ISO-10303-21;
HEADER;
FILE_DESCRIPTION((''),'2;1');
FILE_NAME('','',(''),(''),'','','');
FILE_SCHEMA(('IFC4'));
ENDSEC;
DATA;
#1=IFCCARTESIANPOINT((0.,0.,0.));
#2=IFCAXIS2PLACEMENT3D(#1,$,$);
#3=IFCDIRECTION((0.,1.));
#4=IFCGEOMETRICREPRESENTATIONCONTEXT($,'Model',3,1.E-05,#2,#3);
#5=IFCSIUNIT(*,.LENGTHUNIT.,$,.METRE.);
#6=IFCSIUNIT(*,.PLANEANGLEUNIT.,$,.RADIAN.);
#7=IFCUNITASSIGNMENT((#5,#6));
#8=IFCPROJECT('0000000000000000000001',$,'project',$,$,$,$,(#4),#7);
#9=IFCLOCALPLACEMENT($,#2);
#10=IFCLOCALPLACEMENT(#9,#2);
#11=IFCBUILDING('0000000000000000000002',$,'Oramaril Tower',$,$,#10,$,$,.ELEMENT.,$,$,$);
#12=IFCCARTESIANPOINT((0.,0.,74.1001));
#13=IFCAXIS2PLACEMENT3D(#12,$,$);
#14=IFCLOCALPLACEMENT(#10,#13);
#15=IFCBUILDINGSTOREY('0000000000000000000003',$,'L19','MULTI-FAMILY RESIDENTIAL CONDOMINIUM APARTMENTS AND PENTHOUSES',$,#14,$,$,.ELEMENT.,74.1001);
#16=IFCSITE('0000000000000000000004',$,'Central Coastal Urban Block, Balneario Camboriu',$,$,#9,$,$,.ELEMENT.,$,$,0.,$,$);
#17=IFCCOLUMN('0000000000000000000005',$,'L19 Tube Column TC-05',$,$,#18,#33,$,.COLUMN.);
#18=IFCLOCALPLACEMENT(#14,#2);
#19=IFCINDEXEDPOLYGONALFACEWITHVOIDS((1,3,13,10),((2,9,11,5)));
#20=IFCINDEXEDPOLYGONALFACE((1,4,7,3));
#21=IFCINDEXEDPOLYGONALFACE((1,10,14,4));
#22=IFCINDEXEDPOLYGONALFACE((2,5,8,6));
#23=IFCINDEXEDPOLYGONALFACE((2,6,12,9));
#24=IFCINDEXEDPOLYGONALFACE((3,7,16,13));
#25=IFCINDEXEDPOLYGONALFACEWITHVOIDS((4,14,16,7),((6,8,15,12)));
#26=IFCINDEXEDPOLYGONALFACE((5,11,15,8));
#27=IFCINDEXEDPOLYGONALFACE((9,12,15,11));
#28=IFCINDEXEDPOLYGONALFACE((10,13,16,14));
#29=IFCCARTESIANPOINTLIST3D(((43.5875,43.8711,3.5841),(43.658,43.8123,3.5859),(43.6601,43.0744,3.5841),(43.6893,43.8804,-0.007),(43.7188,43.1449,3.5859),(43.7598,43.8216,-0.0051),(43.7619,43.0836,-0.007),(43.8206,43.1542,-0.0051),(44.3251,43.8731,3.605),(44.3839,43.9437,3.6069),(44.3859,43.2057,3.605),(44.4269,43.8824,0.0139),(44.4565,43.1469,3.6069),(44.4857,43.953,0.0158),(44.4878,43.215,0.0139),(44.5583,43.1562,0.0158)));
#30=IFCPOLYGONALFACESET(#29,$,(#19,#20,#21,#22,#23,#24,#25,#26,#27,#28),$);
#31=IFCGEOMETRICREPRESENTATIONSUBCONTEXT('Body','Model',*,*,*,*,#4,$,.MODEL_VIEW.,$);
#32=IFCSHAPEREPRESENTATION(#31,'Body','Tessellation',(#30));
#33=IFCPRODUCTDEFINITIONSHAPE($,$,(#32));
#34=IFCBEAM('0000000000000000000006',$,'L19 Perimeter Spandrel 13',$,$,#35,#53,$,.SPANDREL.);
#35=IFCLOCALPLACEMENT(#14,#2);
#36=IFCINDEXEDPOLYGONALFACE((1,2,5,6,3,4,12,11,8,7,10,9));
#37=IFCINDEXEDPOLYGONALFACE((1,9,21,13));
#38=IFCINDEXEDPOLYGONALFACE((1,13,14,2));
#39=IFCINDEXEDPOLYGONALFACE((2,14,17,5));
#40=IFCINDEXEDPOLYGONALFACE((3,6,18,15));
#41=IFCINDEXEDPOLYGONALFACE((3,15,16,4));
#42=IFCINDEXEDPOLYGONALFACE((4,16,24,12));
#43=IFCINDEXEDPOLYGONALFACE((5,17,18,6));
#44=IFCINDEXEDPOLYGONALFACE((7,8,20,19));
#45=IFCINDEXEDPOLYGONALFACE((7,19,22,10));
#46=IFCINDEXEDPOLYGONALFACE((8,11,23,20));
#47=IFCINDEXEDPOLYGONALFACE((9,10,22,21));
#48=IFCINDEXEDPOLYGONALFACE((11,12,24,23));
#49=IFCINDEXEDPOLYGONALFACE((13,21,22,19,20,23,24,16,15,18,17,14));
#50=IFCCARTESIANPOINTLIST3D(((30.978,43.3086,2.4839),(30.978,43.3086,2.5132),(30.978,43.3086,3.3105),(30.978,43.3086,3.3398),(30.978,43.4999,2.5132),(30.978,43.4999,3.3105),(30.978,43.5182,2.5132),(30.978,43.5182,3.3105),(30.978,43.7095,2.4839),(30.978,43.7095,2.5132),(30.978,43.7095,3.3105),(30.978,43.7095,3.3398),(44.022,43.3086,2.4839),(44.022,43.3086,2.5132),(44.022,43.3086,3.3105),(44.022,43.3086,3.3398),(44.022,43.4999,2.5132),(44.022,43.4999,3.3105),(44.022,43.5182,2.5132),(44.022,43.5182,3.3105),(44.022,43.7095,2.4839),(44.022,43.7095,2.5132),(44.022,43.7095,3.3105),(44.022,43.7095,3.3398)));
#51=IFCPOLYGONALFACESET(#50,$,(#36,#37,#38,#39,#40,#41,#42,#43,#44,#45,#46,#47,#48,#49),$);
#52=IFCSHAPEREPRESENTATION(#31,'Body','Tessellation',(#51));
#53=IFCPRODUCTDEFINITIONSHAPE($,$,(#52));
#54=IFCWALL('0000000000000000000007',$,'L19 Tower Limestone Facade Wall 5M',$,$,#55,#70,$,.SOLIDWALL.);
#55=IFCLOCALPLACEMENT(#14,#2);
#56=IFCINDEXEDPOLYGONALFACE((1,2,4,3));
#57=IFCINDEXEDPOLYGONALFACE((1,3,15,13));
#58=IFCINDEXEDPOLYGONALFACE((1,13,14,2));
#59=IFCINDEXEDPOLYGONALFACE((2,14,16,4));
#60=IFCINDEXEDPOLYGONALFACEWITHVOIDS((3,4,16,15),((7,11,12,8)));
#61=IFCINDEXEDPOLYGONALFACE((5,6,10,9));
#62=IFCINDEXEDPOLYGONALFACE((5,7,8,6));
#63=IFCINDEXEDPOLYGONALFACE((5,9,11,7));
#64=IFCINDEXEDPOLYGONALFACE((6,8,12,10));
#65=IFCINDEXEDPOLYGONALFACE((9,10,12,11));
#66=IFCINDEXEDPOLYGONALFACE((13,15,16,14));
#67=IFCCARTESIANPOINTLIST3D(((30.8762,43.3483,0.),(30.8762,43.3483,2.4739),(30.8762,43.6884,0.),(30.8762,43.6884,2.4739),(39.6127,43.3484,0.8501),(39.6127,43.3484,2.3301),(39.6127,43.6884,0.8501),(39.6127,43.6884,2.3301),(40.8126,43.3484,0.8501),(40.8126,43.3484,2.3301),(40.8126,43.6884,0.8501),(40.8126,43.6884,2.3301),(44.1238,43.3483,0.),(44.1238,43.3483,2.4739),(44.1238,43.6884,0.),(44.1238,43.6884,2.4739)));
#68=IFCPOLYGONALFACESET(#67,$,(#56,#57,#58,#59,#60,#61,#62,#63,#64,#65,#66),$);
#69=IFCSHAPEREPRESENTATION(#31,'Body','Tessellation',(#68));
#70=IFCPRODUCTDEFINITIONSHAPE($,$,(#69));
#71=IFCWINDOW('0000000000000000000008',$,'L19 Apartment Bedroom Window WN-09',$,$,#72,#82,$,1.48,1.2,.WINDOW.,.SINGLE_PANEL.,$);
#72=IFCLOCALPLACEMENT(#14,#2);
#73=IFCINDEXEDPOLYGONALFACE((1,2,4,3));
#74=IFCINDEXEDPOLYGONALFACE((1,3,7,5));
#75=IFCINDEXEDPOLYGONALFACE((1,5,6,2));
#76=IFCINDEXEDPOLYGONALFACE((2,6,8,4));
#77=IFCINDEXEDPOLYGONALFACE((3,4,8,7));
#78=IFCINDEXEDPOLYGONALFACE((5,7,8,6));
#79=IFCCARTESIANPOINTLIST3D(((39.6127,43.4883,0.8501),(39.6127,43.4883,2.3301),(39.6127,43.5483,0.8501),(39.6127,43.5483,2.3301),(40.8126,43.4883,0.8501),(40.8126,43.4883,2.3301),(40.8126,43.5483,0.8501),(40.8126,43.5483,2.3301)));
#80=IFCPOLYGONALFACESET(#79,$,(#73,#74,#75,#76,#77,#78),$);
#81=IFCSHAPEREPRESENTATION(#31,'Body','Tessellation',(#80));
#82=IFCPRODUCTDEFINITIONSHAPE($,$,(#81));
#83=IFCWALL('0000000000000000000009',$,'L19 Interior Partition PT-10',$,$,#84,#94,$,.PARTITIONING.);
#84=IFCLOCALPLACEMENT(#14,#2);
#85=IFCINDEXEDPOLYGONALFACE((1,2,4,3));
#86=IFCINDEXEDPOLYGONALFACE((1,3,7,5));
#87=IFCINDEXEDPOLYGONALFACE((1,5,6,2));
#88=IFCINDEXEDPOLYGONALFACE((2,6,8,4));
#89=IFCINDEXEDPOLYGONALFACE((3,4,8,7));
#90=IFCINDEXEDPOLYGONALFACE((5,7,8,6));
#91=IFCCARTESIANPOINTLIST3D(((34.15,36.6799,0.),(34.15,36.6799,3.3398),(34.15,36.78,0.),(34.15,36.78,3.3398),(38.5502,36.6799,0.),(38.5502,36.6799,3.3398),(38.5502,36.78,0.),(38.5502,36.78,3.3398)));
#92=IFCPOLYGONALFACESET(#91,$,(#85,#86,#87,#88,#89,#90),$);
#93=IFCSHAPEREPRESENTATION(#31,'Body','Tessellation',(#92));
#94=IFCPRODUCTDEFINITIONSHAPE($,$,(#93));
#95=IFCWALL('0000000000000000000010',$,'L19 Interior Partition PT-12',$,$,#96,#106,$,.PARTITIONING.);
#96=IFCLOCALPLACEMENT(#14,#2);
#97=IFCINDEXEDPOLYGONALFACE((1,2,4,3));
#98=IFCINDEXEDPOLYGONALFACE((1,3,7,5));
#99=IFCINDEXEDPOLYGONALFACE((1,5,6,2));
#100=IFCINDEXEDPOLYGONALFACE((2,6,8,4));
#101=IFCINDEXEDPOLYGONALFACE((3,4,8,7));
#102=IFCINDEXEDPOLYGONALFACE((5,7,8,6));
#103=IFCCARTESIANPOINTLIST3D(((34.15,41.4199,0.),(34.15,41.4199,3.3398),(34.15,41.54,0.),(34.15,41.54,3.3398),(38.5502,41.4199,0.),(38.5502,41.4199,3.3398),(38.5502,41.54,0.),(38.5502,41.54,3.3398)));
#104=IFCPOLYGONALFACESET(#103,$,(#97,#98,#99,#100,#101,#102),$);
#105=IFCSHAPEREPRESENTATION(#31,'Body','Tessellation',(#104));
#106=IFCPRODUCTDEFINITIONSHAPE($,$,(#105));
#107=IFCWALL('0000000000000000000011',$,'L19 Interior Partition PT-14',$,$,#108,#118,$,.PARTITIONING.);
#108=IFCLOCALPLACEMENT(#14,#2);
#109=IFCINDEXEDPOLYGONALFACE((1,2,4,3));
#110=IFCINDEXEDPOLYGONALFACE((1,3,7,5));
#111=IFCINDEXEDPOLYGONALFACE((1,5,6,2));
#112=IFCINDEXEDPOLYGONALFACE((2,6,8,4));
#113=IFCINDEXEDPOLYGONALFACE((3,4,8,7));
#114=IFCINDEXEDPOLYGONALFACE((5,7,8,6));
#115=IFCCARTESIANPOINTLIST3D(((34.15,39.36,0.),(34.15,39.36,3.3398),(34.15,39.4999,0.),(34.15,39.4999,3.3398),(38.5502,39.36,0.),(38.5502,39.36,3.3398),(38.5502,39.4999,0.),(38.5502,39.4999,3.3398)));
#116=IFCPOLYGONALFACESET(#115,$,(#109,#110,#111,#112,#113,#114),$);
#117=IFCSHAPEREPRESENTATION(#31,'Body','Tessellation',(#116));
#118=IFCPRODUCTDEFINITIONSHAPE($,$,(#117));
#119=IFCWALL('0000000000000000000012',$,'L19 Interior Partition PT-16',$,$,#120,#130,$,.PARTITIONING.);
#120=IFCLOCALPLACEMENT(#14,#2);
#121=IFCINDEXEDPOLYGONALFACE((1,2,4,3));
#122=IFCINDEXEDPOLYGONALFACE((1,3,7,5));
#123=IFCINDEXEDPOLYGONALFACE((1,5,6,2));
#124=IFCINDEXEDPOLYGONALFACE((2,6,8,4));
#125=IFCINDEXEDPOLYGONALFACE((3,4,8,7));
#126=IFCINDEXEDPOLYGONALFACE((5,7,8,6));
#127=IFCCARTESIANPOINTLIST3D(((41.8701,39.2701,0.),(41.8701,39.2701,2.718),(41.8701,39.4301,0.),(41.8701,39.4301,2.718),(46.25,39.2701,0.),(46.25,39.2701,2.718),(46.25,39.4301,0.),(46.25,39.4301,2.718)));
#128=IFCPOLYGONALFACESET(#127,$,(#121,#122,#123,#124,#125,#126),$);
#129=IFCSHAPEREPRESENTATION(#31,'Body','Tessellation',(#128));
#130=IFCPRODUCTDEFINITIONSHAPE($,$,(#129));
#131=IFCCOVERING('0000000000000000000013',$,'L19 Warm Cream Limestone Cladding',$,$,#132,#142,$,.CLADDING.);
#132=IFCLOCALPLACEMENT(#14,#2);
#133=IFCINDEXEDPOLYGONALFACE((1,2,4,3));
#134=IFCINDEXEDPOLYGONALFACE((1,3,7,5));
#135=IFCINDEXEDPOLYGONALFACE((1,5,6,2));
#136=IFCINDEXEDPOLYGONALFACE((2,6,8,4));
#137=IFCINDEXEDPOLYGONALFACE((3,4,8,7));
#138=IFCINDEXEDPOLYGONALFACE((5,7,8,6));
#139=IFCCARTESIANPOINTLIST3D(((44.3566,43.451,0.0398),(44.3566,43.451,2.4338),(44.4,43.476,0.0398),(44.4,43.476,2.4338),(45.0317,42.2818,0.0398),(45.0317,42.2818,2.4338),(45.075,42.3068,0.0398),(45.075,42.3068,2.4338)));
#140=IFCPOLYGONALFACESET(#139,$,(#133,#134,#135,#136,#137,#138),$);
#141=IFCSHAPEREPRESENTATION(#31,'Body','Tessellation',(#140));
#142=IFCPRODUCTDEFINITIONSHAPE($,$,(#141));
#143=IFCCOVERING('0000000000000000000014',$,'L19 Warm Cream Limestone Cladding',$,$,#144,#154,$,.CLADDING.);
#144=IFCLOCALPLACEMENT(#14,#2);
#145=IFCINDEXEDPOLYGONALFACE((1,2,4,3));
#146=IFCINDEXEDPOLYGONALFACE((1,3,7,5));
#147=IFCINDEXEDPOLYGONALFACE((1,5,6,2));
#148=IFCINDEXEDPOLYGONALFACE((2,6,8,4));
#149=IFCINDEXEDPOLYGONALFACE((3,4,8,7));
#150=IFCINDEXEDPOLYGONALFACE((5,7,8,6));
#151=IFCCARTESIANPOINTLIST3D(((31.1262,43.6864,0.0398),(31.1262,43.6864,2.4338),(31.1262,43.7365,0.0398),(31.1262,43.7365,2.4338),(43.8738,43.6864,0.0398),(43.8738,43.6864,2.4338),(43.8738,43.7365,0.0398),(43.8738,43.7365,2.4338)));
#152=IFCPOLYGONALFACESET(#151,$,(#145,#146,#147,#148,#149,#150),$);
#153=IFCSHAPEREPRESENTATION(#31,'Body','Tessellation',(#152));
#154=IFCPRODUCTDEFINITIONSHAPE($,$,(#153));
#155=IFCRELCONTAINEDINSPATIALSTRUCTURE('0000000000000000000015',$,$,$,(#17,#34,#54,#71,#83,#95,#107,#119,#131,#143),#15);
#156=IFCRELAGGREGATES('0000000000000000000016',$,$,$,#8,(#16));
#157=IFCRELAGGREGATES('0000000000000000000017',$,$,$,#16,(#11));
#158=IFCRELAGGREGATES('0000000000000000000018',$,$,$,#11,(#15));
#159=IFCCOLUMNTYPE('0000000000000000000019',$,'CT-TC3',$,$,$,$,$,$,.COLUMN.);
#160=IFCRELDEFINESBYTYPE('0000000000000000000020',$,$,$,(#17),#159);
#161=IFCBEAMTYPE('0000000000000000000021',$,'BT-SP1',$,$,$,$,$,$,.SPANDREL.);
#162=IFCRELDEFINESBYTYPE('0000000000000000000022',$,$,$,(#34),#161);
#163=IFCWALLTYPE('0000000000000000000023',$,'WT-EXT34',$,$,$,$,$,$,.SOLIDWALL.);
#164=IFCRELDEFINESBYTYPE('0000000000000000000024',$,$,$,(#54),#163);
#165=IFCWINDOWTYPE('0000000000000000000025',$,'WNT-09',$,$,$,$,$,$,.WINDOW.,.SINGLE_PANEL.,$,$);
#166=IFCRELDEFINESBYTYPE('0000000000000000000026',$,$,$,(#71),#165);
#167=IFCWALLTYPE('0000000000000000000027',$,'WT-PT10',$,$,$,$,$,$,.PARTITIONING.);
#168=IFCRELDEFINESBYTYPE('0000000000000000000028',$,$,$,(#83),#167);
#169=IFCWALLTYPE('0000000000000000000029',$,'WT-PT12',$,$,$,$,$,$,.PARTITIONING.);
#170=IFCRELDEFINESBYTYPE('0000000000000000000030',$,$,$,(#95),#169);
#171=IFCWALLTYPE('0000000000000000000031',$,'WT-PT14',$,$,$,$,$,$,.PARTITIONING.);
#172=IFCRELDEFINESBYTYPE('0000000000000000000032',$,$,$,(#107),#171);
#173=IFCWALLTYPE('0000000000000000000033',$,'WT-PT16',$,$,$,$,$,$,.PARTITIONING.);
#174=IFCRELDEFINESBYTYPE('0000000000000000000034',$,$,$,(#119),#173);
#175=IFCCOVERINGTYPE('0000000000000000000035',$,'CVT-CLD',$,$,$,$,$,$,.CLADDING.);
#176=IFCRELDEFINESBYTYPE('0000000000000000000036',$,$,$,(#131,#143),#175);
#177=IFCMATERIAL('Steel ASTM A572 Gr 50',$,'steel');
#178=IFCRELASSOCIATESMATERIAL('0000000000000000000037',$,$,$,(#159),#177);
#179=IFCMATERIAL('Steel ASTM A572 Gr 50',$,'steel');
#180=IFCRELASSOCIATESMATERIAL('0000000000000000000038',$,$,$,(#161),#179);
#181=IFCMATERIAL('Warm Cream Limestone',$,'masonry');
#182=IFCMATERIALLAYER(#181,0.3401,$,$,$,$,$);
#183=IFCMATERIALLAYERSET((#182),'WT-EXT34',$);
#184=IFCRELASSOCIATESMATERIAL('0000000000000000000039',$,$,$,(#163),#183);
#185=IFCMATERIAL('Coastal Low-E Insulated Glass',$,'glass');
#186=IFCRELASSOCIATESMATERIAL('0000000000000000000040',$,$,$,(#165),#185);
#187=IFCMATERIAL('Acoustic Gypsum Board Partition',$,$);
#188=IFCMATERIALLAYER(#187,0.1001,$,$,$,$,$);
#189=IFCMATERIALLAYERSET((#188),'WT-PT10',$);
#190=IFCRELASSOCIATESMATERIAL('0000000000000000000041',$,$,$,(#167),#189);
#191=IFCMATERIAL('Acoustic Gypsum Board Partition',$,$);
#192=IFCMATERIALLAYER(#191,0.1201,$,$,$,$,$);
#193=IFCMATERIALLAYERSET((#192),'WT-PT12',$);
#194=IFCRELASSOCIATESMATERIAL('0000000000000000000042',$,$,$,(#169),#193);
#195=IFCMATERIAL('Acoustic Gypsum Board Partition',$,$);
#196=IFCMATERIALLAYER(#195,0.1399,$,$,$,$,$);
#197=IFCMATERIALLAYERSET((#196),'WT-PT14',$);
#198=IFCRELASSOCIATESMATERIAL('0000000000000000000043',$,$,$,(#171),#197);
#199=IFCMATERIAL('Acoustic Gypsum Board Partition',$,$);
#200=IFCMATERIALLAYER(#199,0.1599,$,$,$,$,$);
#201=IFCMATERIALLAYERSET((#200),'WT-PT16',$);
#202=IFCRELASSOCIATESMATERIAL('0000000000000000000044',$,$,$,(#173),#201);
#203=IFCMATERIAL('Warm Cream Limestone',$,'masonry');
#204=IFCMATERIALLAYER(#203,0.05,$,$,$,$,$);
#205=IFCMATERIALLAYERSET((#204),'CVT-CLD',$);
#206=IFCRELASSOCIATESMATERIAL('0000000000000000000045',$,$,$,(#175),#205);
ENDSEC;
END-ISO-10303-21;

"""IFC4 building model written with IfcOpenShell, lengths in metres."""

from ifc_helpers import new_model, si_unit, direction, frame, frame_2d, origin, origin_2d, place, context, subcontext, project, spatial, rectangle, hollow_rectangle, i_section, extrude, material, layer, layer_set, material_profile, profile_set, type_object, element, fill, save


model = new_model("IFC4")

# Units and contexts
model_context = context("Model", 3, precision=1e-05, world=origin(), true_north=direction((0.0, 1.0)))
body_context = subcontext(model_context, "Body", "Model", "MODEL_VIEW")
ifc_project = project(units=[si_unit("LENGTHUNIT", "METRE"), si_unit("PLANEANGLEUNIT", "RADIAN")], contexts=[model_context])

# Site, building, storey
site_placement = place(None, origin())
site = spatial("IfcSite", under=ifc_project, at=site_placement, Name="Central Coastal Urban Block, Balneario Camboriu", CompositionType="ELEMENT", RefElevation=0.0)
building_placement = place(site_placement, origin())
building = spatial("IfcBuilding", under=site, at=building_placement, Name="Oramaril Tower", CompositionType="ELEMENT")
storey_placement = place(building_placement, frame((0.0, 0.0, 74.1001)))
storey = spatial("IfcBuildingStorey", under=building, at=storey_placement, Name="L19", Description="MULTI-FAMILY RESIDENTIAL CONDOMINIUM APARTMENTS AND PENTHOUSES", CompositionType="ELEMENT", Elevation=74.1001)

# Column
ifc_material_1 = material(Name="Steel ASTM A572 Gr 50", Category="steel")
ifc_material_profile_1 = material_profile(ifc_material_1, hollow_rectangle(XDim=0.8, YDim=0.8, WallThickness=0.0649, at=origin_2d()), Name="BOX800X800X65")
ifc_profile_set_1 = profile_set([ifc_material_profile_1], Name="Steel ASTM A572 Gr 50")
column_type = type_object("IfcColumnType", Name="CT-TC3", PredefinedType="COLUMN", material=ifc_profile_set_1)
column_placement = place(storey_placement, frame((44.1238, 43.5183, 0.0044), z_axis=(-0.028339, -0.002582, 0.999595), x_axis=(0.090751, -0.995874, 0.0)))
element("IfcColumn", 1, at=column_placement, inside=storey, type_object=column_type, Name="L19 Tube Column TC-05", PredefinedType="COLUMN", context=body_context, shape_type="SweptSolid", body=[
    extrude(hollow_rectangle(XDim=0.8, YDim=0.8, WallThickness=0.0649, at=origin_2d()), origin(), (0.0, 0.0, 1.0), 3.5925),
])

# Beam
ifc_material_2 = material(Name="Steel ASTM A572 Gr 50", Category="steel")
ifc_material_profile_2 = material_profile(ifc_material_2, i_section(OverallWidth=0.4009, OverallDepth=0.856, WebThickness=0.0183, FlangeThickness=0.0293, at=origin_2d()), Name="W33X201")
ifc_profile_set_2 = profile_set([ifc_material_profile_2], Name="Steel ASTM A572 Gr 50")
beam_type = type_object("IfcBeamType", Name="BT-SP1", PredefinedType="SPANDREL", material=ifc_profile_set_2)
beam_placement = place(storey_placement, frame((44.022, 43.509, 2.9119), z_axis=(-1.0, 0.0, 0.0), x_axis=(0.0, -1.0, 0.0)))
element("IfcBeam", 2, at=beam_placement, inside=storey, type_object=beam_type, Name="L19 Perimeter Spandrel 13", PredefinedType="SPANDREL", context=body_context, shape_type="SweptSolid", body=[
    extrude(i_section(OverallWidth=0.4009, OverallDepth=0.856, WebThickness=0.0183, FlangeThickness=0.0293, at=origin_2d()), origin(), (0.0, 0.0, 1.0), 13.0439),
])

# Wall, opening, window
ifc_material_3 = material(Name="Warm Cream Limestone", Category="masonry")
ifc_layer_1 = layer(ifc_material_3, 0.3401)
ifc_layer_set_1 = layer_set([ifc_layer_1], Name="WT-EXT34")
wall_type_1 = type_object("IfcWallType", Name="WT-EXT34", PredefinedType="SOLIDWALL", material=ifc_layer_set_1)
wall_1_placement = place(storey_placement, frame((44.1238, 43.5183, 0.0), z_axis=(0.0, 0.0, 1.0), x_axis=(-1.0, 0.0, 0.0)))
wall_1 = element("IfcWall", 3, at=wall_1_placement, inside=storey, type_object=wall_type_1, Name="L19 Tower Limestone Facade Wall 5M", PredefinedType="SOLIDWALL", context=body_context, shape_type="SweptSolid", body=[
    extrude(rectangle(XDim=13.2476, YDim=0.3401, at=frame_2d((6.6238, 0.0))), origin(), (0.0, 0.0, 1.0), 2.4739),
])
opening_placement = place(wall_1_placement, frame((3.311, 0.0, 0.8501)))
opening = element("IfcOpeningElement", 4, at=opening_placement, cuts=wall_1, PredefinedType="OPENING", context=body_context, shape_type="SweptSolid", body=[
    extrude(rectangle(XDim=1.2, YDim=1.48, at=frame_2d((0.6001, 0.74))), frame((0.0, 0.1699, 0.0), z_axis=(0.0, -1.0, 0.0), x_axis=(1.0, 0.0, 0.0)), (0.0, 0.0, 1.0), 0.3401),
])
ifc_material_4 = material(Name="Coastal Low-E Insulated Glass", Category="glass")
window_type = type_object("IfcWindowType", Name="WNT-09", PartitioningType="SINGLE_PANEL", PredefinedType="WINDOW", material=ifc_material_4)
window_placement = place(opening_placement, origin())
window = element("IfcWindow", 5, at=window_placement, inside=storey, type_object=window_type, Name="L19 Apartment Bedroom Window WN-09", OverallHeight=1.48, OverallWidth=1.2, PartitioningType="SINGLE_PANEL", PredefinedType="WINDOW", context=body_context, shape_type="SweptSolid", body=[
    extrude(rectangle(XDim=1.2, YDim=1.48, at=frame_2d((0.6001, 0.74))), frame((0.0, 0.03, 0.0), z_axis=(0.0, -1.0, 0.0), x_axis=(1.0, 0.0, 0.0)), (0.0, 0.0, 1.0), 0.0601),
])
fill(opening, window)

# Walls
ifc_material_5 = material(Name="Acoustic Gypsum Board Partition")
ifc_layer_2 = layer(ifc_material_5, 0.1001)
ifc_layer_set_2 = layer_set([ifc_layer_2], Name="WT-PT10")
wall_type_2 = type_object("IfcWallType", Name="WT-PT10", PredefinedType="PARTITIONING", material=ifc_layer_set_2)
wall_2_placement = place(storey_placement, frame((34.1499, 36.73, 0.0), z_axis=(0.0, 0.0, 1.0), x_axis=(1.0, 0.0, 0.0)))
element("IfcWall", 6, at=wall_2_placement, inside=storey, type_object=wall_type_2, Name="L19 Interior Partition PT-10", PredefinedType="PARTITIONING", context=body_context, shape_type="SweptSolid", body=[
    extrude(rectangle(XDim=4.4001, YDim=0.1001, at=frame_2d((2.2002, 0.0))), origin(), (0.0, 0.0, 1.0), 3.3398),
])
ifc_material_6 = material(Name="Acoustic Gypsum Board Partition")
ifc_layer_3 = layer(ifc_material_6, 0.1201)
ifc_layer_set_3 = layer_set([ifc_layer_3], Name="WT-PT12")
wall_type_3 = type_object("IfcWallType", Name="WT-PT12", PredefinedType="PARTITIONING", material=ifc_layer_set_3)
wall_3_placement = place(storey_placement, frame((34.1499, 41.48, 0.0), z_axis=(0.0, 0.0, 1.0), x_axis=(1.0, 0.0, 0.0)))
element("IfcWall", 7, at=wall_3_placement, inside=storey, type_object=wall_type_3, Name="L19 Interior Partition PT-12", PredefinedType="PARTITIONING", context=body_context, shape_type="SweptSolid", body=[
    extrude(rectangle(XDim=4.4001, YDim=0.1201, at=frame_2d((2.2002, 0.0))), origin(), (0.0, 0.0, 1.0), 3.3398),
])
ifc_material_7 = material(Name="Acoustic Gypsum Board Partition")
ifc_layer_4 = layer(ifc_material_7, 0.1399)
ifc_layer_set_4 = layer_set([ifc_layer_4], Name="WT-PT14")
wall_type_4 = type_object("IfcWallType", Name="WT-PT14", PredefinedType="PARTITIONING", material=ifc_layer_set_4)
wall_4_placement = place(storey_placement, frame((34.1499, 39.4299, 0.0), z_axis=(0.0, 0.0, 1.0), x_axis=(1.0, 0.0, 0.0)))
element("IfcWall", 8, at=wall_4_placement, inside=storey, type_object=wall_type_4, Name="L19 Interior Partition PT-14", PredefinedType="PARTITIONING", context=body_context, shape_type="SweptSolid", body=[
    extrude(rectangle(XDim=4.4001, YDim=0.1399, at=frame_2d((2.2002, 0.0))), origin(), (0.0, 0.0, 1.0), 3.3398),
])
ifc_material_8 = material(Name="Acoustic Gypsum Board Partition")
ifc_layer_5 = layer(ifc_material_8, 0.1599)
ifc_layer_set_5 = layer_set([ifc_layer_5], Name="WT-PT16")
wall_type_5 = type_object("IfcWallType", Name="WT-PT16", PredefinedType="PARTITIONING", material=ifc_layer_set_5)
wall_5_placement = place(storey_placement, frame((41.8701, 39.3501, 0.0), z_axis=(0.0, 0.0, 1.0), x_axis=(1.0, 0.0, 0.0)))
element("IfcWall", 9, at=wall_5_placement, inside=storey, type_object=wall_type_5, Name="L19 Interior Partition PT-16", PredefinedType="PARTITIONING", context=body_context, shape_type="SweptSolid", body=[
    extrude(rectangle(XDim=4.3799, YDim=0.1599, at=frame_2d((2.1899, 0.0))), origin(), (0.0, 0.0, 1.0), 2.718),
])

# Coverings
ifc_material_9 = material(Name="Warm Cream Limestone", Category="masonry")
ifc_layer_6 = layer(ifc_material_9, 0.05)
ifc_layer_set_6 = layer_set([ifc_layer_6], Name="CVT-CLD")
covering_type = type_object("IfcCoveringType", Name="CVT-CLD", PredefinedType="CLADDING", material=ifc_layer_set_6)
covering_1_placement = place(storey_placement, frame((44.7158, 42.8789, 0.0398), z_axis=(0.0, 0.0, 1.0), x_axis=(-0.5, 0.866025, 0.0)))
element("IfcCovering", 10, at=covering_1_placement, inside=storey, type_object=covering_type, Name="L19 Warm Cream Limestone Cladding", PredefinedType="CLADDING", context=body_context, shape_type="SweptSolid", body=[
    extrude(rectangle(XDim=1.3501, YDim=0.05, at=origin_2d()), origin(), (0.0, 0.0, 1.0), 2.394),
])
covering_2_placement = place(storey_placement, frame((37.5, 43.7114, 0.0398), z_axis=(0.0, 0.0, 1.0), x_axis=(-1.0, 0.0, 0.0)))
element("IfcCovering", 11, at=covering_2_placement, inside=storey, type_object=covering_type, Name="L19 Warm Cream Limestone Cladding", PredefinedType="CLADDING", context=body_context, shape_type="SweptSolid", body=[
    extrude(rectangle(XDim=12.7476, YDim=0.05, at=origin_2d()), origin(), (0.0, 0.0, 1.0), 2.394),
])

save(model, "model.ifc")
